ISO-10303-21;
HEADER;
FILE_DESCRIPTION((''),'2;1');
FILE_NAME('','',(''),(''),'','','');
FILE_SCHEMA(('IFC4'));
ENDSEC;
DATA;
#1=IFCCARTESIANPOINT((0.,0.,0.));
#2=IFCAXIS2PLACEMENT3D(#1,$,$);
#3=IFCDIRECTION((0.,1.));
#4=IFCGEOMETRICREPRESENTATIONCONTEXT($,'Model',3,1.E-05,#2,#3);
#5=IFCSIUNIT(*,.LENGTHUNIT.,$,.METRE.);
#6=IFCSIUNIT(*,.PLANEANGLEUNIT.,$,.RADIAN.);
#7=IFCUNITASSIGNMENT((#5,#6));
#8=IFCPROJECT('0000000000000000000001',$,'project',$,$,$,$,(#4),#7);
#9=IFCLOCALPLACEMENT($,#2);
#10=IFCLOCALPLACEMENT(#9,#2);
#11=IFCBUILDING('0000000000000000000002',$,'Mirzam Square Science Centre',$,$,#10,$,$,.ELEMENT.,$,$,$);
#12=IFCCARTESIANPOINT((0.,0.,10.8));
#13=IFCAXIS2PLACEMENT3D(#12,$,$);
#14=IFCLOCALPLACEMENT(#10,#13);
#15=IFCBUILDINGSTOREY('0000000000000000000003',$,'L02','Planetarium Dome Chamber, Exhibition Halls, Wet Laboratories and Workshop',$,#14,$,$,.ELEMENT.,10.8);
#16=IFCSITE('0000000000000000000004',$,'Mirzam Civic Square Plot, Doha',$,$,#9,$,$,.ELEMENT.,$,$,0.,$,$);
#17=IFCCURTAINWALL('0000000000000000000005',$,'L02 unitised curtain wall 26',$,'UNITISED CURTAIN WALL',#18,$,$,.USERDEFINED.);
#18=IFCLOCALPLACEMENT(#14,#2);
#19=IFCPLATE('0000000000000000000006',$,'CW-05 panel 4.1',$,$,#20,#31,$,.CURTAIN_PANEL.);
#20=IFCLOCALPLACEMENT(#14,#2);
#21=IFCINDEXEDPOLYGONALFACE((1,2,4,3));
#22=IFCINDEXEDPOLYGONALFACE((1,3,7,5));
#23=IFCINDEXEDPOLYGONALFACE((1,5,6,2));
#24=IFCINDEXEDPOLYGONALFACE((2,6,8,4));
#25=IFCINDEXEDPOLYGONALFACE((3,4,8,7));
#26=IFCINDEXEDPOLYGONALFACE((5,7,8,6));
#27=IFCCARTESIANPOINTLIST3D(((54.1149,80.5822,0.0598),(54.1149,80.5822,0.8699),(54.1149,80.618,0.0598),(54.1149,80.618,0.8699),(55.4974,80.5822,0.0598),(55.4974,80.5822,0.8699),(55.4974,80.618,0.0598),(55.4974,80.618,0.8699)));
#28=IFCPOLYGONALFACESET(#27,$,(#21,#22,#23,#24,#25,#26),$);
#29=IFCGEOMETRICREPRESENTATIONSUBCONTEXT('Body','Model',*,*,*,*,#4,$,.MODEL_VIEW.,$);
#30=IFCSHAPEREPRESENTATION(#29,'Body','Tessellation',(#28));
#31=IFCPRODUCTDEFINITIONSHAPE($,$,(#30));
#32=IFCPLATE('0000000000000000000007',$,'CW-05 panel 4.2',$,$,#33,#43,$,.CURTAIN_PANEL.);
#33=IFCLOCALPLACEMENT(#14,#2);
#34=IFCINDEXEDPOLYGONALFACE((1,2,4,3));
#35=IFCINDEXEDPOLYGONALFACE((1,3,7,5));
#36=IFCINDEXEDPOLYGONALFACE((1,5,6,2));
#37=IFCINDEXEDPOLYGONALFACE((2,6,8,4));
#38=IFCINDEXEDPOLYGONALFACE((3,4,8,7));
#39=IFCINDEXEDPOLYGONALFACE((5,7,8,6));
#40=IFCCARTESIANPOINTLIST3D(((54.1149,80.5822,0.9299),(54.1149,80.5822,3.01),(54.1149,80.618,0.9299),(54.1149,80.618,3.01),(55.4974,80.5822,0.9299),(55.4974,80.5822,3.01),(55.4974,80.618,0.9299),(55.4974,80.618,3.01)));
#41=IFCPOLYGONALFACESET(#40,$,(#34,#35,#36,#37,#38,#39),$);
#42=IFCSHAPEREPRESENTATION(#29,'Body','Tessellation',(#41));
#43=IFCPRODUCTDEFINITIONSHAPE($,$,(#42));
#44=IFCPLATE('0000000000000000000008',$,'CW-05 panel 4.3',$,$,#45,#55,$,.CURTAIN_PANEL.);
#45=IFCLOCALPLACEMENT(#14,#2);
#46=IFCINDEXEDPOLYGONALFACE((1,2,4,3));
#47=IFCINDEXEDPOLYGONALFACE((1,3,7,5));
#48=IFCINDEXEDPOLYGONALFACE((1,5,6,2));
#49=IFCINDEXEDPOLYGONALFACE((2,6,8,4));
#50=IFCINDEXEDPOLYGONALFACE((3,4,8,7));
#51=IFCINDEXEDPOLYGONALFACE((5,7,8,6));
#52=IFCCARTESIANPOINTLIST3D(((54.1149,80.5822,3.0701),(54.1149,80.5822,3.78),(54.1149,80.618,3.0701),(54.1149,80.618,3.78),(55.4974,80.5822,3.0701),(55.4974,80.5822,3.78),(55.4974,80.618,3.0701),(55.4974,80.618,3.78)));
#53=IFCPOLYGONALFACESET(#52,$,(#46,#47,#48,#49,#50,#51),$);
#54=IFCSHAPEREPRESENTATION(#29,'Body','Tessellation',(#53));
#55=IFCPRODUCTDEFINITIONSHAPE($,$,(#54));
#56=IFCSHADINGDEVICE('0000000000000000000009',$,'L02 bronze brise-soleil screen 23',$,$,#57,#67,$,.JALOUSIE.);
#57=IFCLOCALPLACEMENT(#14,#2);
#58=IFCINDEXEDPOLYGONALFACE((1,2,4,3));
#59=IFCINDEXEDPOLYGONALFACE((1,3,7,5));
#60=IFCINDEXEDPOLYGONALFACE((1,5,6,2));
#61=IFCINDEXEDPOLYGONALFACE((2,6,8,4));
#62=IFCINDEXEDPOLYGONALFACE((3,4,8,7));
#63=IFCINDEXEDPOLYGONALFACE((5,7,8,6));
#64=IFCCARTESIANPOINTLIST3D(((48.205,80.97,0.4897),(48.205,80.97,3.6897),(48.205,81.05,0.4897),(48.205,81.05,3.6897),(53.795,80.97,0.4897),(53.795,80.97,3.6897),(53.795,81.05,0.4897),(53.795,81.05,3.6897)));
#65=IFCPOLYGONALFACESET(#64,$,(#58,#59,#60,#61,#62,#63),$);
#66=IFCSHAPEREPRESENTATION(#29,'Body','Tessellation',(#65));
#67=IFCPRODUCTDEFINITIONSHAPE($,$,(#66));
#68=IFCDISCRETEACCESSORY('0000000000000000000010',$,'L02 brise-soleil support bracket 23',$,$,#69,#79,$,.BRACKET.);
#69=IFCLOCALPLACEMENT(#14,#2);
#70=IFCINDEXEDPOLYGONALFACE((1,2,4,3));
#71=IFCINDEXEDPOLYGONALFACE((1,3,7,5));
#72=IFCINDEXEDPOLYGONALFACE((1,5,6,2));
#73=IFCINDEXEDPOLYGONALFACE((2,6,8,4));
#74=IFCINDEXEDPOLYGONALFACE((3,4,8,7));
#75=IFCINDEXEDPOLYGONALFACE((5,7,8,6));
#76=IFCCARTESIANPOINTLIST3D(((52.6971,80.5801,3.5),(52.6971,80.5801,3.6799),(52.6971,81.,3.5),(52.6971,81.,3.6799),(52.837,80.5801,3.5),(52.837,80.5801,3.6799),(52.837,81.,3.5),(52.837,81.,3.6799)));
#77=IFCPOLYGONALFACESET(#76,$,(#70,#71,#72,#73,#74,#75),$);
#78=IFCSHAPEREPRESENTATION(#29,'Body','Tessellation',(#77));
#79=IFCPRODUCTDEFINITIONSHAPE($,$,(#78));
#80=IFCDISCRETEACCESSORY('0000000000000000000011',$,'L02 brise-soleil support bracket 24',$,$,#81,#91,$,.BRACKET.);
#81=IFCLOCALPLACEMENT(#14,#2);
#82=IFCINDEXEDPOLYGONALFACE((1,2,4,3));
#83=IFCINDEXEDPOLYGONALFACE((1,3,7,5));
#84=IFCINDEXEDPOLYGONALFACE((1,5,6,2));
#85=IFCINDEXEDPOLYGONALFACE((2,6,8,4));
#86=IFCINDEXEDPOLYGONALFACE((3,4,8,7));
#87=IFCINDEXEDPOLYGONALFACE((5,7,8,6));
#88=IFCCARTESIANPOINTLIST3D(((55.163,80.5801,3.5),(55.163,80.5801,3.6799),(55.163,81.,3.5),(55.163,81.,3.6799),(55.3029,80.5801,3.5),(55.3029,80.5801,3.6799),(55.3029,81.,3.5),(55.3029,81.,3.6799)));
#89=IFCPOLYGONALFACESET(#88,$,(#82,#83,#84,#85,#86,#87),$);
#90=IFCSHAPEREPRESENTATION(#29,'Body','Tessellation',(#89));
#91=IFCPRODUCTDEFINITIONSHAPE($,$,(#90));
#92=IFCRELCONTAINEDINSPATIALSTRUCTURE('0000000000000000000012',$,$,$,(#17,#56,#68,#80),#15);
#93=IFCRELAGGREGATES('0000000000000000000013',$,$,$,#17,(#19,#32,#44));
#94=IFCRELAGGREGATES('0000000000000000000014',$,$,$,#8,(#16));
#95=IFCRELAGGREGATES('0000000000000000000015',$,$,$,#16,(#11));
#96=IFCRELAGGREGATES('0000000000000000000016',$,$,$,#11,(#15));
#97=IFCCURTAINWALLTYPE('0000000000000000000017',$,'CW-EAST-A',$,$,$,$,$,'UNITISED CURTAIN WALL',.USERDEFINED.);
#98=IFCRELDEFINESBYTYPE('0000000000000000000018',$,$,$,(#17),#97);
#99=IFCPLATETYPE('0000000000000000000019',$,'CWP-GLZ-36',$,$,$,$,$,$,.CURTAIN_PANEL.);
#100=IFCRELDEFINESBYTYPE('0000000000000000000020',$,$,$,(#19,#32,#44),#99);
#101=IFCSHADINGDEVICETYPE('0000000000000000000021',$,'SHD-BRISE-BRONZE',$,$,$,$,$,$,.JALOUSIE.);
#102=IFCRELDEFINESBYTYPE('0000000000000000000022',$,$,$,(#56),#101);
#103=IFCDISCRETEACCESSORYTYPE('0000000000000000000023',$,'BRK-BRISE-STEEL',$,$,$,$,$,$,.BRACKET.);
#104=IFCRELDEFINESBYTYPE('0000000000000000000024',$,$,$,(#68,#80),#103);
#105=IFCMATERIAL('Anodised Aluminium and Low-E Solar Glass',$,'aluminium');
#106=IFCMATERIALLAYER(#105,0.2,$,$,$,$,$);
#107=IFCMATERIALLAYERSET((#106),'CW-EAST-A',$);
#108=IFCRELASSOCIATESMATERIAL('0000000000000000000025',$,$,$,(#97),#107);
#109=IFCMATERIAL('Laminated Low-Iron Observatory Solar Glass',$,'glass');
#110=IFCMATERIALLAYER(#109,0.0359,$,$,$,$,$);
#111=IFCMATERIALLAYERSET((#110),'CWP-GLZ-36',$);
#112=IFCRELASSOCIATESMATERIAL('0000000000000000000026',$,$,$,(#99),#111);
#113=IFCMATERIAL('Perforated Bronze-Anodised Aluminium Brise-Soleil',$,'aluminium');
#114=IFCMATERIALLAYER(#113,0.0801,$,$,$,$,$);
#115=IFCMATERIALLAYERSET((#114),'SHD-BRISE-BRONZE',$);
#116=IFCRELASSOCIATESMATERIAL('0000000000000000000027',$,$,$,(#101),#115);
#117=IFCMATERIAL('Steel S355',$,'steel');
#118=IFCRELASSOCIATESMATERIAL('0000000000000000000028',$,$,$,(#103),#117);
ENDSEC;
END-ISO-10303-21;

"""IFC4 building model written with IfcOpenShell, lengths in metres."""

from ifc_helpers import new_model, si_unit, direction, frame, origin, origin_2d, place, context, subcontext, project, spatial, rectangle, extrude, material, layer, layer_set, type_object, element, aggregate, save


model = new_model("IFC4")

# Units and contexts
model_context = context("Model", 3, precision=1e-05, world=origin(), true_north=direction((0.0, 1.0)))
body_context = subcontext(model_context, "Body", "Model", "MODEL_VIEW")
ifc_project = project(units=[si_unit("LENGTHUNIT", "METRE"), si_unit("PLANEANGLEUNIT", "RADIAN")], contexts=[model_context])

# Site, building, storey
site_placement = place(None, origin())
site = spatial("IfcSite", under=ifc_project, at=site_placement, Name="Mirzam Civic Square Plot, Doha", CompositionType="ELEMENT", RefElevation=0.0)
building_placement = place(site_placement, origin())
building = spatial("IfcBuilding", under=site, at=building_placement, Name="Mirzam Square Science Centre", CompositionType="ELEMENT")
storey_placement = place(building_placement, frame((0.0, 0.0, 10.8)))
storey = spatial("IfcBuildingStorey", under=building, at=storey_placement, Name="L02", Description="Planetarium Dome Chamber, Exhibition Halls, Wet Laboratories and Workshop", CompositionType="ELEMENT", Elevation=10.8)

# Shared definitions
ifc_material_1 = material(Name="Steel S355", Category="steel")

# Curtain wall
ifc_material_2 = material(Name="Anodised Aluminium and Low-E Solar Glass", Category="aluminium")
ifc_layer_1 = layer(ifc_material_2, 0.2)
ifc_layer_set_1 = layer_set([ifc_layer_1], Name="CW-EAST-A")
curtain_wall_type_1 = type_object("IfcCurtainWallType", Name="CW-EAST-A", ElementType="UNITISED CURTAIN WALL", PredefinedType="USERDEFINED", material=ifc_layer_set_1)
curtain_wall_1_placement = place(storey_placement, origin())
curtain_wall_1 = element("IfcCurtainWall", 1, at=curtain_wall_1_placement, inside=storey, type_object=curtain_wall_type_1, Name="L02 unitised curtain wall 26", ObjectType="UNITISED CURTAIN WALL", PredefinedType="USERDEFINED")

# Plates
ifc_material_3 = material(Name="Laminated Low-Iron Observatory Solar Glass", Category="glass")
ifc_layer_2 = layer(ifc_material_3, 0.0359)
ifc_layer_set_2 = layer_set([ifc_layer_2], Name="CWP-GLZ-36")
plate_type_1 = type_object("IfcPlateType", Name="CWP-GLZ-36", PredefinedType="CURTAIN_PANEL", material=ifc_layer_set_2)
plate_1_placement = place(storey_placement, frame((54.8062, 80.6001, 0.0598), z_axis=(0.0, 0.0, 1.0), x_axis=(-1.0, 0.0, 0.0)))
plate_1 = element("IfcPlate", 2, at=plate_1_placement, type_object=plate_type_1, Name="CW-05 panel 4.1", PredefinedType="CURTAIN_PANEL", context=body_context, shape_type="SweptSolid", body=[
    extrude(rectangle(XDim=1.3826, YDim=0.0359, at=origin_2d()), origin(), (0.0, 0.0, 1.0), 0.8101),
])
plate_2_placement = place(storey_placement, frame((54.8062, 80.6001, 0.9299), z_axis=(0.0, 0.0, 1.0), x_axis=(-1.0, 0.0, 0.0)))
plate_2 = element("IfcPlate", 3, at=plate_2_placement, type_object=plate_type_1, Name="CW-05 panel 4.2", PredefinedType="CURTAIN_PANEL", context=body_context, shape_type="SweptSolid", body=[
    extrude(rectangle(XDim=1.3826, YDim=0.0359, at=origin_2d()), origin(), (0.0, 0.0, 1.0), 2.0801),
])
plate_3_placement = place(storey_placement, frame((54.8062, 80.6001, 3.0701), z_axis=(0.0, 0.0, 1.0), x_axis=(-1.0, 0.0, 0.0)))
plate_3 = element("IfcPlate", 4, at=plate_3_placement, type_object=plate_type_1, Name="CW-05 panel 4.3", PredefinedType="CURTAIN_PANEL", context=body_context, shape_type="SweptSolid", body=[
    extrude(rectangle(XDim=1.3826, YDim=0.0359, at=origin_2d()), origin(), (0.0, 0.0, 1.0), 0.71),
])
aggregate(curtain_wall_1, [plate_1, plate_2, plate_3])

# Shading device
ifc_material_4 = material(Name="Perforated Bronze-Anodised Aluminium Brise-Soleil", Category="aluminium")
ifc_layer_3 = layer(ifc_material_4, 0.0801)
ifc_layer_set_3 = layer_set([ifc_layer_3], Name="SHD-BRISE-BRONZE")
shading_device_type = type_object("IfcShadingDeviceType", Name="SHD-BRISE-BRONZE", PredefinedType="JALOUSIE", material=ifc_layer_set_3)
shading_device_placement = place(storey_placement, frame((51.0, 81.01, 0.4897), z_axis=(0.0, 0.0, 1.0), x_axis=(-1.0, 0.0, 0.0)))
element("IfcShadingDevice", 5, at=shading_device_placement, inside=storey, type_object=shading_device_type, Name="L02 bronze brise-soleil screen 23", PredefinedType="JALOUSIE", context=body_context, shape_type="SweptSolid", body=[
    extrude(rectangle(XDim=5.5901, YDim=0.0801, at=origin_2d()), origin(), (0.0, 0.0, 1.0), 3.2),
])

# Discrete accessories
discrete_accessory_type = type_object("IfcDiscreteAccessoryType", Name="BRK-BRISE-STEEL", PredefinedType="BRACKET", material=ifc_material_1)
for number, where, z_axis, x_axis, name in (
    (6, (52.7671, 80.79, 3.5), (0.0, 0.0, 1.0), (-1.0, 0.0, 0.0), "L02 brise-soleil support bracket 23"),
    (7, (55.2329, 80.79, 3.5), (0.0, 0.0, 1.0), (-1.0, 0.0, 0.0), "L02 brise-soleil support bracket 24"),
):
    element("IfcDiscreteAccessory", number, at=place(storey_placement, frame(where, z_axis=z_axis, x_axis=x_axis)), inside=storey, type_object=discrete_accessory_type, Name=name, PredefinedType="BRACKET", context=body_context, shape_type="SweptSolid", body=[
        extrude(rectangle(XDim=0.1399, YDim=0.4199, at=origin_2d()), origin(), (0.0, 0.0, 1.0), 0.1799),
    ])

save(model, "model.ifc")
